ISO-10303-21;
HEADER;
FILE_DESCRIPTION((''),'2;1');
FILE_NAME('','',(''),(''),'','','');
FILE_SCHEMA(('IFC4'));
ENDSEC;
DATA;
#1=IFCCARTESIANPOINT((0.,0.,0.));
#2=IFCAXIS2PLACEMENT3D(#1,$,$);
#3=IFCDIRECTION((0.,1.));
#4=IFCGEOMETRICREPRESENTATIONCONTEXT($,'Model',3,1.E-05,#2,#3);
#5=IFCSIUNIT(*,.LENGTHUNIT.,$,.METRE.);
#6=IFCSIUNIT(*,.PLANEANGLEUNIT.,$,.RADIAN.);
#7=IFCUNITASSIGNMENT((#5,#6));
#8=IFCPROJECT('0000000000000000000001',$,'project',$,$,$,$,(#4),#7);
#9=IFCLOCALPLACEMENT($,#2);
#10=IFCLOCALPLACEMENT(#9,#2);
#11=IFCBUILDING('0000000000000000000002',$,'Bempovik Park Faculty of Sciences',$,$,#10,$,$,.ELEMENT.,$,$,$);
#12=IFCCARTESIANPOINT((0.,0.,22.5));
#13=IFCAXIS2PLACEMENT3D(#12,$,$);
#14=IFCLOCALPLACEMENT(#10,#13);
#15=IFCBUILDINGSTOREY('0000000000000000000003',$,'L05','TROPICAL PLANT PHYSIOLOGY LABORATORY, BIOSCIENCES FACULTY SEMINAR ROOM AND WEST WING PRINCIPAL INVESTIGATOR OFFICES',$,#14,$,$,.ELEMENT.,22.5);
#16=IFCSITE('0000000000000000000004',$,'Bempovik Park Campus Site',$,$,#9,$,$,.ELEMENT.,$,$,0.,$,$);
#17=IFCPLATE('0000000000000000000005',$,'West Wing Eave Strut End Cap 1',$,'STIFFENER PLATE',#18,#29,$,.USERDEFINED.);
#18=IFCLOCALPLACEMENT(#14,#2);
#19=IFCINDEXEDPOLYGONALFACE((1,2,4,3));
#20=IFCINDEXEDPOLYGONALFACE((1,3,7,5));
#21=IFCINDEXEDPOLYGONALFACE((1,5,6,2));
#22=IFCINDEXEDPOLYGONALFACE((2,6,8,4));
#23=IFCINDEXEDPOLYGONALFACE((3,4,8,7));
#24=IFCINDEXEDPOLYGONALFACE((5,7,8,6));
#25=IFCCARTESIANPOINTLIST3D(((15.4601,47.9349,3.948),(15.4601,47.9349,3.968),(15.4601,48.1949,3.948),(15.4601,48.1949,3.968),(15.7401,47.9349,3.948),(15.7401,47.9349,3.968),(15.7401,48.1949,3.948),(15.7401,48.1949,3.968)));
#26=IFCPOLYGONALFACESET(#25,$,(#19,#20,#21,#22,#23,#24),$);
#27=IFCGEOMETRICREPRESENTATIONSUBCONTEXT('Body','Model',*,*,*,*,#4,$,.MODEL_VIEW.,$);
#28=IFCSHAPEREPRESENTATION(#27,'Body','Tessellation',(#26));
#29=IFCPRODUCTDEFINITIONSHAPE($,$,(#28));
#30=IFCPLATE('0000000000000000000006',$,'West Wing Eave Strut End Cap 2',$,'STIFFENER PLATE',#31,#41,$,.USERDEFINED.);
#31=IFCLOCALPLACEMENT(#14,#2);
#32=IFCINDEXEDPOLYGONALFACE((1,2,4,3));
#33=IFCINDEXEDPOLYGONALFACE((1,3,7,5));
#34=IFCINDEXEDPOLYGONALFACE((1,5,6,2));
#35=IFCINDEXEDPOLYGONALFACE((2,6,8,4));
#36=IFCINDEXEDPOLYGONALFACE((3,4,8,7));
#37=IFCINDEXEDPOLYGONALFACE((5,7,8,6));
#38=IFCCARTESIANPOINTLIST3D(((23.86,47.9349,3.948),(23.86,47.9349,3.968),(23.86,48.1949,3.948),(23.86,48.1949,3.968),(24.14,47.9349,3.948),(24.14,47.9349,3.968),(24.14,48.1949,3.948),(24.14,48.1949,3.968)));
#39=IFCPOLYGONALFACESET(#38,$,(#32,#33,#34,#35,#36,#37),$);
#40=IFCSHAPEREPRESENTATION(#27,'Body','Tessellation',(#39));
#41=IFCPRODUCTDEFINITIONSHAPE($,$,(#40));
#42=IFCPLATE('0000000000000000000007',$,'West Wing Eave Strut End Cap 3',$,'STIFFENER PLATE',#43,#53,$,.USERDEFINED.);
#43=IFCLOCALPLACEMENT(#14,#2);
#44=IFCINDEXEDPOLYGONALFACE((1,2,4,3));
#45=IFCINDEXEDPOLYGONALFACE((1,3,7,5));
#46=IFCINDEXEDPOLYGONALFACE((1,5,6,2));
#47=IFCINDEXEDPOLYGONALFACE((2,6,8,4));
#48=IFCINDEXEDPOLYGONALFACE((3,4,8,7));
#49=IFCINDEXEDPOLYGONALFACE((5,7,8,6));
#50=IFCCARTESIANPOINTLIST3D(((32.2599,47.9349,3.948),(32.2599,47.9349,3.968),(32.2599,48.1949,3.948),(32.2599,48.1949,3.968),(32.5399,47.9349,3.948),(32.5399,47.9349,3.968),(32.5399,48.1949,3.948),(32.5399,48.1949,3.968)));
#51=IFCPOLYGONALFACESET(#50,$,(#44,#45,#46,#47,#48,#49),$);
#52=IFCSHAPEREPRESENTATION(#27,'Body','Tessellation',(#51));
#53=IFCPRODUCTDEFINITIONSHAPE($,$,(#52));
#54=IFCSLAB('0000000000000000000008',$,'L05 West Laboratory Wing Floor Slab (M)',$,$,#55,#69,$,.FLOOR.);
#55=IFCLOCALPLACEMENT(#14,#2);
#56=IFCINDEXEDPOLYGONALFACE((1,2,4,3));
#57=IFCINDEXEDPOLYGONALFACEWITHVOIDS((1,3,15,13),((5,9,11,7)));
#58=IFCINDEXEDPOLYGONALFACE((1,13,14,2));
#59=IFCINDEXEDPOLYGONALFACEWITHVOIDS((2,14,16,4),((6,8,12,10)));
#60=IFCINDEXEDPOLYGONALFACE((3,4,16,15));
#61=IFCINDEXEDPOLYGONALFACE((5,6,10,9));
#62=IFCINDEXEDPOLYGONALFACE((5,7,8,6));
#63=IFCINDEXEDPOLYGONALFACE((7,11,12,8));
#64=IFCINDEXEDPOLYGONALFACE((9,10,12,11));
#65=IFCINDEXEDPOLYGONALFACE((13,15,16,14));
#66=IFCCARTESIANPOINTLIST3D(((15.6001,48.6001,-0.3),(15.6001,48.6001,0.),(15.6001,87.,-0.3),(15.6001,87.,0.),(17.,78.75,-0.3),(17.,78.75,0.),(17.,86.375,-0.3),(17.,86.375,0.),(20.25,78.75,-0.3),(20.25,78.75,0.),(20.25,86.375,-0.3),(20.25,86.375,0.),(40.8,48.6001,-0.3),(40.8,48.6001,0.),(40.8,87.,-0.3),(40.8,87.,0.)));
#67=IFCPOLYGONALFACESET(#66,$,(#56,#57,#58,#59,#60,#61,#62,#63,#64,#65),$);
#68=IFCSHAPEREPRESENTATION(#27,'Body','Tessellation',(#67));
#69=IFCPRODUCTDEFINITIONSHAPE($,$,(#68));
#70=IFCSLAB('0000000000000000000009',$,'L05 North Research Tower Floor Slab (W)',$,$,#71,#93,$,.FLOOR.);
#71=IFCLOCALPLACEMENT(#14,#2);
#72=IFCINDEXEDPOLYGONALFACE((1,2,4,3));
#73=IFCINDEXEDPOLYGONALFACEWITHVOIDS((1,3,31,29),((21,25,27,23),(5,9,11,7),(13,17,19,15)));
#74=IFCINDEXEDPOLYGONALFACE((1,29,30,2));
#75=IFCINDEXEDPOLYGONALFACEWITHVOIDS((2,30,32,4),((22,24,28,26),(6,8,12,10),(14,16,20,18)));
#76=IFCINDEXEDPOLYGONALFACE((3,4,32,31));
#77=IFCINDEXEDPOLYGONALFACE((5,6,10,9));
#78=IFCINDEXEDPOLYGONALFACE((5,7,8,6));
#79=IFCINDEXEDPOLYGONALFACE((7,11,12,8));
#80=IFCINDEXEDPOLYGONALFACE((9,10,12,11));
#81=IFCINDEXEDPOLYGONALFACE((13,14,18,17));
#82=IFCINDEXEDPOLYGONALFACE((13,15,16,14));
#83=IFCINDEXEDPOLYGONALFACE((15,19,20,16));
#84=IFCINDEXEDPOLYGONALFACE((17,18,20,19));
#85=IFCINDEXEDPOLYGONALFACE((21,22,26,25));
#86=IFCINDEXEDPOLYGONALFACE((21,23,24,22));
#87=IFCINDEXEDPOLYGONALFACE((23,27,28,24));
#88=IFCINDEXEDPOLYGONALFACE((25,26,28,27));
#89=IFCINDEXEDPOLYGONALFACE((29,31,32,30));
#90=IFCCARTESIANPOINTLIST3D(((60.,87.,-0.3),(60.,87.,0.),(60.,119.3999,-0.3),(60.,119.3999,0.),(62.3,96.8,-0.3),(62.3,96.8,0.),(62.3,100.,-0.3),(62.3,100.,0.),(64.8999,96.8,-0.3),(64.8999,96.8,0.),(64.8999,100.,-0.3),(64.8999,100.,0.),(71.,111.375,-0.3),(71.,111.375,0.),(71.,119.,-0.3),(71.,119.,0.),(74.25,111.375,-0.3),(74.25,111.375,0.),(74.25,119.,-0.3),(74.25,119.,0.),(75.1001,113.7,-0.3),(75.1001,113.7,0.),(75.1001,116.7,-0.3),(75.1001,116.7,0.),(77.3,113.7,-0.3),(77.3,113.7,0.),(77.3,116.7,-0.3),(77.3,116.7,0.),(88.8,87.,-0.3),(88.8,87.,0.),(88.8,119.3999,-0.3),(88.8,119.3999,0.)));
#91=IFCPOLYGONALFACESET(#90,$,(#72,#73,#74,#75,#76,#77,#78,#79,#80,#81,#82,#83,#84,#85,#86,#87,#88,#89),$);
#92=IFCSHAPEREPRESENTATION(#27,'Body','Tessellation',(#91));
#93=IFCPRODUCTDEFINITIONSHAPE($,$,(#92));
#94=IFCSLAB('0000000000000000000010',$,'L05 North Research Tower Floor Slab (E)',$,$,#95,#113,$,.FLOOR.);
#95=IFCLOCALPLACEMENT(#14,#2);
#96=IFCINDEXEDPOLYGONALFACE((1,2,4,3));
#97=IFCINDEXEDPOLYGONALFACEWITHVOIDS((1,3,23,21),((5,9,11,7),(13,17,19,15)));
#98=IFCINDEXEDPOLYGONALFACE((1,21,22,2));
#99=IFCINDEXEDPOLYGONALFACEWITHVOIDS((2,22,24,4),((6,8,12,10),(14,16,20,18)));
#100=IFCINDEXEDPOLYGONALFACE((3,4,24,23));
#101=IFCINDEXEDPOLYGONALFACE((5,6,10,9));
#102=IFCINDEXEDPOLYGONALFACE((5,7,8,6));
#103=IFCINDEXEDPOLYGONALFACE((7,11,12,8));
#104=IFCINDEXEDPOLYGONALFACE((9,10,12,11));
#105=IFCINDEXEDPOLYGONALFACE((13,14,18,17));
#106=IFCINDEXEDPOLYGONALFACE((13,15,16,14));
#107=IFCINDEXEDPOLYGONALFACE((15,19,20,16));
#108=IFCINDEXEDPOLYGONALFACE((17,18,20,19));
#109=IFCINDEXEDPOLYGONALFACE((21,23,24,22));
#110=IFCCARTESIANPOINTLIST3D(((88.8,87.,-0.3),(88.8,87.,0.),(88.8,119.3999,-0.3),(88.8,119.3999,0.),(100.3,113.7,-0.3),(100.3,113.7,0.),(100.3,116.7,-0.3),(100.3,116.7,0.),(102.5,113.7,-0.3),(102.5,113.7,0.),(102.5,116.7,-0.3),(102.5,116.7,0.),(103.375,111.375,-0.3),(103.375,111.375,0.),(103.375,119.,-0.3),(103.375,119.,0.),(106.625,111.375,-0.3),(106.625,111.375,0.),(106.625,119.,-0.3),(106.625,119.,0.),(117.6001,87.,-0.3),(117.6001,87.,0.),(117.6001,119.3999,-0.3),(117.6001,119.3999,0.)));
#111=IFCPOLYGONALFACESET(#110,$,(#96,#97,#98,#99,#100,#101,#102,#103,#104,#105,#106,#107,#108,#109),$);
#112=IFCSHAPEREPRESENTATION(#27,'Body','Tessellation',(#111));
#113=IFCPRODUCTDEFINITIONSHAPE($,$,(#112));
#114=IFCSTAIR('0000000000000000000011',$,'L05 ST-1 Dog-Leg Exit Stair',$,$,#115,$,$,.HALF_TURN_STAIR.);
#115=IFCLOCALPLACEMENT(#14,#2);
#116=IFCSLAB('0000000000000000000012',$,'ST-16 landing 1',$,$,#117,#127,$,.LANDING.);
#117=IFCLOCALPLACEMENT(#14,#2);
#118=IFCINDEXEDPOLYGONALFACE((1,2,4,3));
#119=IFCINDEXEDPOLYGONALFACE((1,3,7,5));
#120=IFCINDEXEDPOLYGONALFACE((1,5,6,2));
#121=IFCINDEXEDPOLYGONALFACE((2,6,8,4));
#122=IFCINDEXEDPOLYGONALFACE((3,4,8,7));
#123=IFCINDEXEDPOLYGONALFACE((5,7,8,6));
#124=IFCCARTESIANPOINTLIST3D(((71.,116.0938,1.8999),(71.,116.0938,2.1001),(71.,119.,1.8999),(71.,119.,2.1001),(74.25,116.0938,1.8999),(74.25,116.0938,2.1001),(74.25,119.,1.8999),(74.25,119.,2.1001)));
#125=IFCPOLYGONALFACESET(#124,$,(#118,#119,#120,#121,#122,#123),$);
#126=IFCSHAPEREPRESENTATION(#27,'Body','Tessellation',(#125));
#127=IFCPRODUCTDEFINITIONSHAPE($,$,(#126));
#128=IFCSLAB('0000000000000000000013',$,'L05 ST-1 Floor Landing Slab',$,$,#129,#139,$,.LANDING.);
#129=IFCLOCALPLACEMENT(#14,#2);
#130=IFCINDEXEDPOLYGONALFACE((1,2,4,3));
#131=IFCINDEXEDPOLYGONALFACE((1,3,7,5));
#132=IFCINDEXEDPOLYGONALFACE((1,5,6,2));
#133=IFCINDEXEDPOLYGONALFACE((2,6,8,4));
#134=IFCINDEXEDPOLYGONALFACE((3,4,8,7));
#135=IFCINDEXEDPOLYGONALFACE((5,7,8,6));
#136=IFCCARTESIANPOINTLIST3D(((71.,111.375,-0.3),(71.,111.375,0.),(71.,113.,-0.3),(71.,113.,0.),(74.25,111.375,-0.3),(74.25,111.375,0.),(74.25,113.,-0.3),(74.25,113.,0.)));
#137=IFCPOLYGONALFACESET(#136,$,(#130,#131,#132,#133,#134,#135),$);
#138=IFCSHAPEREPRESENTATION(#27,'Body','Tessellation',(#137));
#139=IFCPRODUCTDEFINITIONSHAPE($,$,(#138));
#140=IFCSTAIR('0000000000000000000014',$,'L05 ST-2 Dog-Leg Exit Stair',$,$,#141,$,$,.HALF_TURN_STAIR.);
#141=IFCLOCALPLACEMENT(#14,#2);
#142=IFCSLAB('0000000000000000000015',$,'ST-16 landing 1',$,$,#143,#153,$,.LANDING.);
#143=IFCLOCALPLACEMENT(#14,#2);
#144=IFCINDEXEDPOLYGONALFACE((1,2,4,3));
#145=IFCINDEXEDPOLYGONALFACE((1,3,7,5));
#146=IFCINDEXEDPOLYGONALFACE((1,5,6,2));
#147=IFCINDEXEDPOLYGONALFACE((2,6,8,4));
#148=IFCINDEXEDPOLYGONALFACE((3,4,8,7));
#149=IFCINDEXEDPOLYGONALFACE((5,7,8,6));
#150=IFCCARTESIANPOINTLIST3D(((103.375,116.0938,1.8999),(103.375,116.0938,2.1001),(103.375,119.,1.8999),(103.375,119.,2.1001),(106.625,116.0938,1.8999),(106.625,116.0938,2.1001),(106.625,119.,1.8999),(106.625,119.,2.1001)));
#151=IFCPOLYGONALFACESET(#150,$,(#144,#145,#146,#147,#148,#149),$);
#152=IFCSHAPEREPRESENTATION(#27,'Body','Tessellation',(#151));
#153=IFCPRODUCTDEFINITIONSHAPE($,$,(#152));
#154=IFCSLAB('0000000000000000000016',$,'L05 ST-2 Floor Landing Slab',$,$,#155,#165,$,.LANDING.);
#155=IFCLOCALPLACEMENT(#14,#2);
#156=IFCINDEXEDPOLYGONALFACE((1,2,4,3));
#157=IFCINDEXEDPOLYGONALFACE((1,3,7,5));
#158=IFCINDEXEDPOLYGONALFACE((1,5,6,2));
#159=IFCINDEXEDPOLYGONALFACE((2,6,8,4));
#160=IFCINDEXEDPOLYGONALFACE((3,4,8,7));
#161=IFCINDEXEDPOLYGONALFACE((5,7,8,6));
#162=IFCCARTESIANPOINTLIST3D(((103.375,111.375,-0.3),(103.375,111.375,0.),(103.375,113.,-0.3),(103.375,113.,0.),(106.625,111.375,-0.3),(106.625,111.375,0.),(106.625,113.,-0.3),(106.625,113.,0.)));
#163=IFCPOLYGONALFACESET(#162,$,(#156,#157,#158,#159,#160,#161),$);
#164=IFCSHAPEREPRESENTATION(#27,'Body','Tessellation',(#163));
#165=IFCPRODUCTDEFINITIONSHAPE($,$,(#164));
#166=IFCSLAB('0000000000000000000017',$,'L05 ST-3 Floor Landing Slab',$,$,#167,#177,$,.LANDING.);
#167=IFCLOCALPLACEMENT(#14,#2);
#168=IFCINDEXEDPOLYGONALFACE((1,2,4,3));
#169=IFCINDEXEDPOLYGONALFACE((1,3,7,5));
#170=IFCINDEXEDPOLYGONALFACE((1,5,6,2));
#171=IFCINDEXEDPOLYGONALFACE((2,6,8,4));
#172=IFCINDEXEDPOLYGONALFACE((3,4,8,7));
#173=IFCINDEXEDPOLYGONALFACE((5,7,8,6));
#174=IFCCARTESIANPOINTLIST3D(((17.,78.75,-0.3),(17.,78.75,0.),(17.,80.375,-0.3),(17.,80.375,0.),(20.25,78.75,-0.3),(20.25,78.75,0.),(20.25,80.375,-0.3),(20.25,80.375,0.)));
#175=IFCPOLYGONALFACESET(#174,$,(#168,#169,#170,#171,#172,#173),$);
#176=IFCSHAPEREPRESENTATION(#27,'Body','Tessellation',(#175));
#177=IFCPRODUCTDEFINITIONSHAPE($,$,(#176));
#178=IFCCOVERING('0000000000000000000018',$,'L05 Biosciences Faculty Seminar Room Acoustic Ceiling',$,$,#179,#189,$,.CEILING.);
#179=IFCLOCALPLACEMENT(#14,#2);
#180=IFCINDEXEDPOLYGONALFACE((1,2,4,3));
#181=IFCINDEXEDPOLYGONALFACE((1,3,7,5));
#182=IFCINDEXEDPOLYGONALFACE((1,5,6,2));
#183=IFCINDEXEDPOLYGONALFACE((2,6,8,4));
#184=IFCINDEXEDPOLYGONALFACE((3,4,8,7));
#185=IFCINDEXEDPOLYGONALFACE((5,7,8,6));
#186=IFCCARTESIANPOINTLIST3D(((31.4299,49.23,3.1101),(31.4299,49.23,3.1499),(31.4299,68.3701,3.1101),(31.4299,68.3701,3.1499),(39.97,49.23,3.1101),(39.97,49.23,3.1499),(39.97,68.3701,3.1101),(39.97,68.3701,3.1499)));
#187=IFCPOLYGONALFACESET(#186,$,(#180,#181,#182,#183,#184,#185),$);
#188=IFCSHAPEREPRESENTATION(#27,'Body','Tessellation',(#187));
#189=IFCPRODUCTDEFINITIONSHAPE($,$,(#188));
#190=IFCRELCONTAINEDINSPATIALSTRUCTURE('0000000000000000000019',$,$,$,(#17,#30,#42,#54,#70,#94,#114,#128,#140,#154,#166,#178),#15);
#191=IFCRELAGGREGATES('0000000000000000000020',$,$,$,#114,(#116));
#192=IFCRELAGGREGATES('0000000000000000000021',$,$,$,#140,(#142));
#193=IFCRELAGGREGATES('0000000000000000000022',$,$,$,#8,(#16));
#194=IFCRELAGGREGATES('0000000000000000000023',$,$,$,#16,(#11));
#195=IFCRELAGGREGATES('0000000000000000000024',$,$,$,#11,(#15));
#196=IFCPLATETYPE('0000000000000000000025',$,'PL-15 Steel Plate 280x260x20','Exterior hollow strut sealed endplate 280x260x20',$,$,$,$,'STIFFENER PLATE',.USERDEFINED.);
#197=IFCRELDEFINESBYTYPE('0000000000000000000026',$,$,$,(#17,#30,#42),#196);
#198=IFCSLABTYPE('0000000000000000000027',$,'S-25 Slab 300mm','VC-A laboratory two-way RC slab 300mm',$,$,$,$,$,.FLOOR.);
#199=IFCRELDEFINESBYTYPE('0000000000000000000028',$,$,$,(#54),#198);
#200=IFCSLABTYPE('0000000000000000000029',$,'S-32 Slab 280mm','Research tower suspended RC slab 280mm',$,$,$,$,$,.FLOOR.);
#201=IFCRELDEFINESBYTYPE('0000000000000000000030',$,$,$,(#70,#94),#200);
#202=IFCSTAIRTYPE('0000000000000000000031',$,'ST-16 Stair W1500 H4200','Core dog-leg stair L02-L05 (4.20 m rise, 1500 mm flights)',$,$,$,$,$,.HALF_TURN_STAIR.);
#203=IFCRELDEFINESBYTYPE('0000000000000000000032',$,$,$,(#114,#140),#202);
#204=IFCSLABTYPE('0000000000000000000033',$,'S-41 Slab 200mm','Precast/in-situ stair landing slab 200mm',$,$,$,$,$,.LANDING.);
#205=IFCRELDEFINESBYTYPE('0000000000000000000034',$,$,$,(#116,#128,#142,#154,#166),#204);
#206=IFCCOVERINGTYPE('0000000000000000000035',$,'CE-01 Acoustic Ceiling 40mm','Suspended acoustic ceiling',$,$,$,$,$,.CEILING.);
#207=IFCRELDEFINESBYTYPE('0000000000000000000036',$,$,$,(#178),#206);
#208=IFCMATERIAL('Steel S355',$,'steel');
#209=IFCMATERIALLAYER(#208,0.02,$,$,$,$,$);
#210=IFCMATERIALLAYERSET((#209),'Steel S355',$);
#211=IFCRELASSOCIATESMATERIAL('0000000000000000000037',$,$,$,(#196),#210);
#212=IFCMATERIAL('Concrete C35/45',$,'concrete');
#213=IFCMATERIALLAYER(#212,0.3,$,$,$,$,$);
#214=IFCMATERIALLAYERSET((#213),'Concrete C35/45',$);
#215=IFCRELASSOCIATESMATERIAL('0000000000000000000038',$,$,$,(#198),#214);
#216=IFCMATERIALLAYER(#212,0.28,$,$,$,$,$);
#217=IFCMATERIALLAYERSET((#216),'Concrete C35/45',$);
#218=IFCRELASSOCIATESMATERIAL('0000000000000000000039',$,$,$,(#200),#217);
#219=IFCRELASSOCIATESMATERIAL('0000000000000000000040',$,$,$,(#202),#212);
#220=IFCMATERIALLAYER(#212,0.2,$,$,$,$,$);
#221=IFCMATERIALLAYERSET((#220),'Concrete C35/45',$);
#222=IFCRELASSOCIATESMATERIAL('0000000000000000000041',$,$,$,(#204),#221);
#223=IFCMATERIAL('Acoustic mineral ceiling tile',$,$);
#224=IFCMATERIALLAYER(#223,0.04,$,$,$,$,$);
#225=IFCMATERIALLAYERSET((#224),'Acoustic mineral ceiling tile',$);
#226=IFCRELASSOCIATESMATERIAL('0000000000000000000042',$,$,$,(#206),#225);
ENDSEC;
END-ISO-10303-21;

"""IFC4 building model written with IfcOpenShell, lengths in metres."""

from ifc_helpers import new_model, si_unit, direction, frame, origin, origin_2d, place, context, subcontext, project, spatial, polyline, rectangle, outline, extrude, material, layer, layer_set, type_object, element, aggregate, save


model = new_model("IFC4")

# Units and contexts
model_context = context("Model", 3, precision=1e-05, world=origin(), true_north=direction((0.0, 1.0)))
body_context = subcontext(model_context, "Body", "Model", "MODEL_VIEW")
ifc_project = project(units=[si_unit("LENGTHUNIT", "METRE"), si_unit("PLANEANGLEUNIT", "RADIAN")], contexts=[model_context])

# Site, building, storey
site_placement = place(None, origin())
site = spatial("IfcSite", under=ifc_project, at=site_placement, Name="Bempovik Park Campus Site", CompositionType="ELEMENT", RefElevation=0.0)
building_placement = place(site_placement, origin())
building = spatial("IfcBuilding", under=site, at=building_placement, Name="Bempovik Park Faculty of Sciences", CompositionType="ELEMENT")
storey_placement = place(building_placement, frame((0.0, 0.0, 22.5)))
storey = spatial("IfcBuildingStorey", under=building, at=storey_placement, Name="L05", Description="TROPICAL PLANT PHYSIOLOGY LABORATORY, BIOSCIENCES FACULTY SEMINAR ROOM AND WEST WING PRINCIPAL INVESTIGATOR OFFICES", CompositionType="ELEMENT", Elevation=22.5)

# Plates
ifc_material_1 = material(Name="Steel S355", Category="steel")
ifc_layer_1 = layer(ifc_material_1, 0.02)
ifc_layer_set_1 = layer_set([ifc_layer_1], Name="Steel S355")
plate_type = type_object("IfcPlateType", Name="PL-15 Steel Plate 280x260x20", Description="Exterior hollow strut sealed endplate 280x260x20", ElementType="STIFFENER PLATE", PredefinedType="USERDEFINED", material=ifc_layer_set_1)
for number, where, z_axis, x_axis, name in (
    (1, (15.6001, 48.0649, 3.948), (0.0, 0.0, 1.0), (1.0, 0.0, 0.0), "West Wing Eave Strut End Cap 1"),
    (2, (24.0, 48.0649, 3.948), (0.0, 0.0, 1.0), (1.0, 0.0, 0.0), "West Wing Eave Strut End Cap 2"),
    (3, (32.3999, 48.0649, 3.948), (0.0, 0.0, 1.0), (1.0, 0.0, 0.0), "West Wing Eave Strut End Cap 3"),
):
    element("IfcPlate", number, at=place(storey_placement, frame(where, z_axis=z_axis, x_axis=x_axis)), inside=storey, type_object=plate_type, Name=name, ObjectType="STIFFENER PLATE", PredefinedType="USERDEFINED", context=body_context, shape_type="SweptSolid", body=[
        extrude(rectangle(XDim=0.28, YDim=0.26, at=origin_2d()), origin(), (0.0, 0.0, 1.0), 0.02),
    ])

# Slabs
ifc_material_2 = material(Name="Concrete C35/45", Category="concrete")
ifc_layer_2 = layer(ifc_material_2, 0.3)
ifc_layer_set_2 = layer_set([ifc_layer_2], Name="Concrete C35/45")
slab_type_1 = type_object("IfcSlabType", Name="S-25 Slab 300mm", Description="VC-A laboratory two-way RC slab 300mm", PredefinedType="FLOOR", material=ifc_layer_set_2)
slab_1_placement = place(storey_placement, frame((0.0, 0.0, -0.3)))
element("IfcSlab", 4, at=slab_1_placement, inside=storey, type_object=slab_type_1, Name="L05 West Laboratory Wing Floor Slab (M)", PredefinedType="FLOOR", context=body_context, shape_type="SweptSolid", body=[
    extrude(outline(polyline([(15.6001, 48.6001), (40.8, 48.6001), (40.8, 87.0), (15.6001, 87.0), (15.6001, 48.6001)]), holes=[polyline([(17.0, 78.75), (20.25, 78.75), (20.25, 86.375), (17.0, 86.375), (17.0, 78.75)])]), origin(), (0.0, 0.0, 1.0), 0.3),
])
ifc_layer_3 = layer(ifc_material_2, 0.28)
ifc_layer_set_3 = layer_set([ifc_layer_3], Name="Concrete C35/45")
slab_type_2 = type_object("IfcSlabType", Name="S-32 Slab 280mm", Description="Research tower suspended RC slab 280mm", PredefinedType="FLOOR", material=ifc_layer_set_3)
slab_2_placement = place(storey_placement, frame((0.0, 0.0, -0.3)))
element("IfcSlab", 5, at=slab_2_placement, inside=storey, type_object=slab_type_2, Name="L05 North Research Tower Floor Slab (W)", PredefinedType="FLOOR", context=body_context, shape_type="SweptSolid", body=[
    extrude(outline(polyline([(60.0, 87.0), (88.8, 87.0), (88.8, 119.3999), (60.0, 119.3999), (60.0, 87.0)]), holes=[polyline([(71.0, 111.375), (74.25, 111.375), (74.25, 119.0), (71.0, 119.0), (71.0, 111.375)]), polyline([(75.1001, 113.7), (77.3, 113.7), (77.3, 116.7), (75.1001, 116.7), (75.1001, 113.7)]), polyline([(62.3, 96.8), (64.8999, 96.8), (64.8999, 100.0), (62.3, 100.0), (62.3, 96.8)])]), origin(), (0.0, 0.0, 1.0), 0.3),
])
slab_3_placement = place(storey_placement, frame((0.0, 0.0, -0.3)))
element("IfcSlab", 6, at=slab_3_placement, inside=storey, type_object=slab_type_2, Name="L05 North Research Tower Floor Slab (E)", PredefinedType="FLOOR", context=body_context, shape_type="SweptSolid", body=[
    extrude(outline(polyline([(88.8, 87.0), (117.6001, 87.0), (117.6001, 119.3999), (88.8, 119.3999), (88.8, 87.0)]), holes=[polyline([(103.375, 111.375), (106.625, 111.375), (106.625, 119.0), (103.375, 119.0), (103.375, 111.375)]), polyline([(100.3, 113.7), (102.5, 113.7), (102.5, 116.7), (100.3, 116.7), (100.3, 113.7)])]), origin(), (0.0, 0.0, 1.0), 0.3),
])

# Stair, slab
stair_type = type_object("IfcStairType", Name="ST-16 Stair W1500 H4200", Description="Core dog-leg stair L02-L05 (4.20 m rise, 1500 mm flights)", PredefinedType="HALF_TURN_STAIR", material=ifc_material_2)
stair_1_placement = place(storey_placement, origin())
stair_1 = element("IfcStair", 7, at=stair_1_placement, inside=storey, type_object=stair_type, Name="L05 ST-1 Dog-Leg Exit Stair", PredefinedType="HALF_TURN_STAIR")
ifc_layer_4 = layer(ifc_material_2, 0.2)
ifc_layer_set_4 = layer_set([ifc_layer_4], Name="Concrete C35/45")
slab_type_3 = type_object("IfcSlabType", Name="S-41 Slab 200mm", Description="Precast/in-situ stair landing slab 200mm", PredefinedType="LANDING", material=ifc_layer_set_4)
slab_4_placement = place(storey_placement, frame((0.0, 0.0, 1.8999)))
slab_4 = element("IfcSlab", 8, at=slab_4_placement, type_object=slab_type_3, Name="ST-16 landing 1", PredefinedType="LANDING", context=body_context, shape_type="SweptSolid", body=[
    extrude(outline(polyline([(74.25, 116.0938), (74.25, 119.0), (71.0, 119.0), (71.0, 116.0938), (74.25, 116.0938)])), origin(), (0.0, 0.0, 1.0), 0.2002),
])
aggregate(stair_1, [slab_4])

# Slab
slab_5_placement = place(storey_placement, frame((0.0, 0.0, -0.3)))
element("IfcSlab", 9, at=slab_5_placement, inside=storey, type_object=slab_type_3, Name="L05 ST-1 Floor Landing Slab", PredefinedType="LANDING", context=body_context, shape_type="SweptSolid", body=[
    extrude(outline(polyline([(74.25, 111.375), (74.25, 113.0), (71.0, 113.0), (71.0, 111.375), (74.25, 111.375)])), origin(), (0.0, 0.0, 1.0), 0.3),
])

# Stair, slab
stair_2_placement = place(storey_placement, origin())
stair_2 = element("IfcStair", 10, at=stair_2_placement, inside=storey, type_object=stair_type, Name="L05 ST-2 Dog-Leg Exit Stair", PredefinedType="HALF_TURN_STAIR")
slab_6_placement = place(storey_placement, frame((0.0, 0.0, 1.8999)))
slab_6 = element("IfcSlab", 11, at=slab_6_placement, type_object=slab_type_3, Name="ST-16 landing 1", PredefinedType="LANDING", context=body_context, shape_type="SweptSolid", body=[
    extrude(outline(polyline([(106.625, 116.0938), (106.625, 119.0), (103.375, 119.0), (103.375, 116.0938), (106.625, 116.0938)])), origin(), (0.0, 0.0, 1.0), 0.2002),
])
aggregate(stair_2, [slab_6])

# Slabs
slab_7_placement = place(storey_placement, frame((0.0, 0.0, -0.3)))
element("IfcSlab", 12, at=slab_7_placement, inside=storey, type_object=slab_type_3, Name="L05 ST-2 Floor Landing Slab", PredefinedType="LANDING", context=body_context, shape_type="SweptSolid", body=[
    extrude(outline(polyline([(106.625, 111.375), (106.625, 113.0), (103.375, 113.0), (103.375, 111.375), (106.625, 111.375)])), origin(), (0.0, 0.0, 1.0), 0.3),
])
slab_8_placement = place(storey_placement, frame((0.0, 0.0, -0.3)))
element("IfcSlab", 13, at=slab_8_placement, inside=storey, type_object=slab_type_3, Name="L05 ST-3 Floor Landing Slab", PredefinedType="LANDING", context=body_context, shape_type="SweptSolid", body=[
    extrude(outline(polyline([(20.25, 78.75), (20.25, 80.375), (17.0, 80.375), (17.0, 78.75), (20.25, 78.75)])), origin(), (0.0, 0.0, 1.0), 0.3),
])

# Covering
ifc_material_3 = material(Name="Acoustic mineral ceiling tile")
ifc_layer_5 = layer(ifc_material_3, 0.04)
ifc_layer_set_5 = layer_set([ifc_layer_5], Name="Acoustic mineral ceiling tile")
covering_type_1 = type_object("IfcCoveringType", Name="CE-01 Acoustic Ceiling 40mm", Description="Suspended acoustic ceiling", PredefinedType="CEILING", material=ifc_layer_set_5)
covering_1_placement = place(storey_placement, frame((0.0, 0.0, 3.1101)))
element("IfcCovering", 14, at=covering_1_placement, inside=storey, type_object=covering_type_1, Name="L05 Biosciences Faculty Seminar Room Acoustic Ceiling", PredefinedType="CEILING", context=body_context, shape_type="SweptSolid", body=[
    extrude(outline(polyline([(31.4299, 49.23), (39.97, 49.23), (39.97, 68.3701), (31.4299, 68.3701), (31.4299, 49.23)])), origin(), (0.0, 0.0, 1.0), 0.0398),
])

save(model, "model.ifc")
